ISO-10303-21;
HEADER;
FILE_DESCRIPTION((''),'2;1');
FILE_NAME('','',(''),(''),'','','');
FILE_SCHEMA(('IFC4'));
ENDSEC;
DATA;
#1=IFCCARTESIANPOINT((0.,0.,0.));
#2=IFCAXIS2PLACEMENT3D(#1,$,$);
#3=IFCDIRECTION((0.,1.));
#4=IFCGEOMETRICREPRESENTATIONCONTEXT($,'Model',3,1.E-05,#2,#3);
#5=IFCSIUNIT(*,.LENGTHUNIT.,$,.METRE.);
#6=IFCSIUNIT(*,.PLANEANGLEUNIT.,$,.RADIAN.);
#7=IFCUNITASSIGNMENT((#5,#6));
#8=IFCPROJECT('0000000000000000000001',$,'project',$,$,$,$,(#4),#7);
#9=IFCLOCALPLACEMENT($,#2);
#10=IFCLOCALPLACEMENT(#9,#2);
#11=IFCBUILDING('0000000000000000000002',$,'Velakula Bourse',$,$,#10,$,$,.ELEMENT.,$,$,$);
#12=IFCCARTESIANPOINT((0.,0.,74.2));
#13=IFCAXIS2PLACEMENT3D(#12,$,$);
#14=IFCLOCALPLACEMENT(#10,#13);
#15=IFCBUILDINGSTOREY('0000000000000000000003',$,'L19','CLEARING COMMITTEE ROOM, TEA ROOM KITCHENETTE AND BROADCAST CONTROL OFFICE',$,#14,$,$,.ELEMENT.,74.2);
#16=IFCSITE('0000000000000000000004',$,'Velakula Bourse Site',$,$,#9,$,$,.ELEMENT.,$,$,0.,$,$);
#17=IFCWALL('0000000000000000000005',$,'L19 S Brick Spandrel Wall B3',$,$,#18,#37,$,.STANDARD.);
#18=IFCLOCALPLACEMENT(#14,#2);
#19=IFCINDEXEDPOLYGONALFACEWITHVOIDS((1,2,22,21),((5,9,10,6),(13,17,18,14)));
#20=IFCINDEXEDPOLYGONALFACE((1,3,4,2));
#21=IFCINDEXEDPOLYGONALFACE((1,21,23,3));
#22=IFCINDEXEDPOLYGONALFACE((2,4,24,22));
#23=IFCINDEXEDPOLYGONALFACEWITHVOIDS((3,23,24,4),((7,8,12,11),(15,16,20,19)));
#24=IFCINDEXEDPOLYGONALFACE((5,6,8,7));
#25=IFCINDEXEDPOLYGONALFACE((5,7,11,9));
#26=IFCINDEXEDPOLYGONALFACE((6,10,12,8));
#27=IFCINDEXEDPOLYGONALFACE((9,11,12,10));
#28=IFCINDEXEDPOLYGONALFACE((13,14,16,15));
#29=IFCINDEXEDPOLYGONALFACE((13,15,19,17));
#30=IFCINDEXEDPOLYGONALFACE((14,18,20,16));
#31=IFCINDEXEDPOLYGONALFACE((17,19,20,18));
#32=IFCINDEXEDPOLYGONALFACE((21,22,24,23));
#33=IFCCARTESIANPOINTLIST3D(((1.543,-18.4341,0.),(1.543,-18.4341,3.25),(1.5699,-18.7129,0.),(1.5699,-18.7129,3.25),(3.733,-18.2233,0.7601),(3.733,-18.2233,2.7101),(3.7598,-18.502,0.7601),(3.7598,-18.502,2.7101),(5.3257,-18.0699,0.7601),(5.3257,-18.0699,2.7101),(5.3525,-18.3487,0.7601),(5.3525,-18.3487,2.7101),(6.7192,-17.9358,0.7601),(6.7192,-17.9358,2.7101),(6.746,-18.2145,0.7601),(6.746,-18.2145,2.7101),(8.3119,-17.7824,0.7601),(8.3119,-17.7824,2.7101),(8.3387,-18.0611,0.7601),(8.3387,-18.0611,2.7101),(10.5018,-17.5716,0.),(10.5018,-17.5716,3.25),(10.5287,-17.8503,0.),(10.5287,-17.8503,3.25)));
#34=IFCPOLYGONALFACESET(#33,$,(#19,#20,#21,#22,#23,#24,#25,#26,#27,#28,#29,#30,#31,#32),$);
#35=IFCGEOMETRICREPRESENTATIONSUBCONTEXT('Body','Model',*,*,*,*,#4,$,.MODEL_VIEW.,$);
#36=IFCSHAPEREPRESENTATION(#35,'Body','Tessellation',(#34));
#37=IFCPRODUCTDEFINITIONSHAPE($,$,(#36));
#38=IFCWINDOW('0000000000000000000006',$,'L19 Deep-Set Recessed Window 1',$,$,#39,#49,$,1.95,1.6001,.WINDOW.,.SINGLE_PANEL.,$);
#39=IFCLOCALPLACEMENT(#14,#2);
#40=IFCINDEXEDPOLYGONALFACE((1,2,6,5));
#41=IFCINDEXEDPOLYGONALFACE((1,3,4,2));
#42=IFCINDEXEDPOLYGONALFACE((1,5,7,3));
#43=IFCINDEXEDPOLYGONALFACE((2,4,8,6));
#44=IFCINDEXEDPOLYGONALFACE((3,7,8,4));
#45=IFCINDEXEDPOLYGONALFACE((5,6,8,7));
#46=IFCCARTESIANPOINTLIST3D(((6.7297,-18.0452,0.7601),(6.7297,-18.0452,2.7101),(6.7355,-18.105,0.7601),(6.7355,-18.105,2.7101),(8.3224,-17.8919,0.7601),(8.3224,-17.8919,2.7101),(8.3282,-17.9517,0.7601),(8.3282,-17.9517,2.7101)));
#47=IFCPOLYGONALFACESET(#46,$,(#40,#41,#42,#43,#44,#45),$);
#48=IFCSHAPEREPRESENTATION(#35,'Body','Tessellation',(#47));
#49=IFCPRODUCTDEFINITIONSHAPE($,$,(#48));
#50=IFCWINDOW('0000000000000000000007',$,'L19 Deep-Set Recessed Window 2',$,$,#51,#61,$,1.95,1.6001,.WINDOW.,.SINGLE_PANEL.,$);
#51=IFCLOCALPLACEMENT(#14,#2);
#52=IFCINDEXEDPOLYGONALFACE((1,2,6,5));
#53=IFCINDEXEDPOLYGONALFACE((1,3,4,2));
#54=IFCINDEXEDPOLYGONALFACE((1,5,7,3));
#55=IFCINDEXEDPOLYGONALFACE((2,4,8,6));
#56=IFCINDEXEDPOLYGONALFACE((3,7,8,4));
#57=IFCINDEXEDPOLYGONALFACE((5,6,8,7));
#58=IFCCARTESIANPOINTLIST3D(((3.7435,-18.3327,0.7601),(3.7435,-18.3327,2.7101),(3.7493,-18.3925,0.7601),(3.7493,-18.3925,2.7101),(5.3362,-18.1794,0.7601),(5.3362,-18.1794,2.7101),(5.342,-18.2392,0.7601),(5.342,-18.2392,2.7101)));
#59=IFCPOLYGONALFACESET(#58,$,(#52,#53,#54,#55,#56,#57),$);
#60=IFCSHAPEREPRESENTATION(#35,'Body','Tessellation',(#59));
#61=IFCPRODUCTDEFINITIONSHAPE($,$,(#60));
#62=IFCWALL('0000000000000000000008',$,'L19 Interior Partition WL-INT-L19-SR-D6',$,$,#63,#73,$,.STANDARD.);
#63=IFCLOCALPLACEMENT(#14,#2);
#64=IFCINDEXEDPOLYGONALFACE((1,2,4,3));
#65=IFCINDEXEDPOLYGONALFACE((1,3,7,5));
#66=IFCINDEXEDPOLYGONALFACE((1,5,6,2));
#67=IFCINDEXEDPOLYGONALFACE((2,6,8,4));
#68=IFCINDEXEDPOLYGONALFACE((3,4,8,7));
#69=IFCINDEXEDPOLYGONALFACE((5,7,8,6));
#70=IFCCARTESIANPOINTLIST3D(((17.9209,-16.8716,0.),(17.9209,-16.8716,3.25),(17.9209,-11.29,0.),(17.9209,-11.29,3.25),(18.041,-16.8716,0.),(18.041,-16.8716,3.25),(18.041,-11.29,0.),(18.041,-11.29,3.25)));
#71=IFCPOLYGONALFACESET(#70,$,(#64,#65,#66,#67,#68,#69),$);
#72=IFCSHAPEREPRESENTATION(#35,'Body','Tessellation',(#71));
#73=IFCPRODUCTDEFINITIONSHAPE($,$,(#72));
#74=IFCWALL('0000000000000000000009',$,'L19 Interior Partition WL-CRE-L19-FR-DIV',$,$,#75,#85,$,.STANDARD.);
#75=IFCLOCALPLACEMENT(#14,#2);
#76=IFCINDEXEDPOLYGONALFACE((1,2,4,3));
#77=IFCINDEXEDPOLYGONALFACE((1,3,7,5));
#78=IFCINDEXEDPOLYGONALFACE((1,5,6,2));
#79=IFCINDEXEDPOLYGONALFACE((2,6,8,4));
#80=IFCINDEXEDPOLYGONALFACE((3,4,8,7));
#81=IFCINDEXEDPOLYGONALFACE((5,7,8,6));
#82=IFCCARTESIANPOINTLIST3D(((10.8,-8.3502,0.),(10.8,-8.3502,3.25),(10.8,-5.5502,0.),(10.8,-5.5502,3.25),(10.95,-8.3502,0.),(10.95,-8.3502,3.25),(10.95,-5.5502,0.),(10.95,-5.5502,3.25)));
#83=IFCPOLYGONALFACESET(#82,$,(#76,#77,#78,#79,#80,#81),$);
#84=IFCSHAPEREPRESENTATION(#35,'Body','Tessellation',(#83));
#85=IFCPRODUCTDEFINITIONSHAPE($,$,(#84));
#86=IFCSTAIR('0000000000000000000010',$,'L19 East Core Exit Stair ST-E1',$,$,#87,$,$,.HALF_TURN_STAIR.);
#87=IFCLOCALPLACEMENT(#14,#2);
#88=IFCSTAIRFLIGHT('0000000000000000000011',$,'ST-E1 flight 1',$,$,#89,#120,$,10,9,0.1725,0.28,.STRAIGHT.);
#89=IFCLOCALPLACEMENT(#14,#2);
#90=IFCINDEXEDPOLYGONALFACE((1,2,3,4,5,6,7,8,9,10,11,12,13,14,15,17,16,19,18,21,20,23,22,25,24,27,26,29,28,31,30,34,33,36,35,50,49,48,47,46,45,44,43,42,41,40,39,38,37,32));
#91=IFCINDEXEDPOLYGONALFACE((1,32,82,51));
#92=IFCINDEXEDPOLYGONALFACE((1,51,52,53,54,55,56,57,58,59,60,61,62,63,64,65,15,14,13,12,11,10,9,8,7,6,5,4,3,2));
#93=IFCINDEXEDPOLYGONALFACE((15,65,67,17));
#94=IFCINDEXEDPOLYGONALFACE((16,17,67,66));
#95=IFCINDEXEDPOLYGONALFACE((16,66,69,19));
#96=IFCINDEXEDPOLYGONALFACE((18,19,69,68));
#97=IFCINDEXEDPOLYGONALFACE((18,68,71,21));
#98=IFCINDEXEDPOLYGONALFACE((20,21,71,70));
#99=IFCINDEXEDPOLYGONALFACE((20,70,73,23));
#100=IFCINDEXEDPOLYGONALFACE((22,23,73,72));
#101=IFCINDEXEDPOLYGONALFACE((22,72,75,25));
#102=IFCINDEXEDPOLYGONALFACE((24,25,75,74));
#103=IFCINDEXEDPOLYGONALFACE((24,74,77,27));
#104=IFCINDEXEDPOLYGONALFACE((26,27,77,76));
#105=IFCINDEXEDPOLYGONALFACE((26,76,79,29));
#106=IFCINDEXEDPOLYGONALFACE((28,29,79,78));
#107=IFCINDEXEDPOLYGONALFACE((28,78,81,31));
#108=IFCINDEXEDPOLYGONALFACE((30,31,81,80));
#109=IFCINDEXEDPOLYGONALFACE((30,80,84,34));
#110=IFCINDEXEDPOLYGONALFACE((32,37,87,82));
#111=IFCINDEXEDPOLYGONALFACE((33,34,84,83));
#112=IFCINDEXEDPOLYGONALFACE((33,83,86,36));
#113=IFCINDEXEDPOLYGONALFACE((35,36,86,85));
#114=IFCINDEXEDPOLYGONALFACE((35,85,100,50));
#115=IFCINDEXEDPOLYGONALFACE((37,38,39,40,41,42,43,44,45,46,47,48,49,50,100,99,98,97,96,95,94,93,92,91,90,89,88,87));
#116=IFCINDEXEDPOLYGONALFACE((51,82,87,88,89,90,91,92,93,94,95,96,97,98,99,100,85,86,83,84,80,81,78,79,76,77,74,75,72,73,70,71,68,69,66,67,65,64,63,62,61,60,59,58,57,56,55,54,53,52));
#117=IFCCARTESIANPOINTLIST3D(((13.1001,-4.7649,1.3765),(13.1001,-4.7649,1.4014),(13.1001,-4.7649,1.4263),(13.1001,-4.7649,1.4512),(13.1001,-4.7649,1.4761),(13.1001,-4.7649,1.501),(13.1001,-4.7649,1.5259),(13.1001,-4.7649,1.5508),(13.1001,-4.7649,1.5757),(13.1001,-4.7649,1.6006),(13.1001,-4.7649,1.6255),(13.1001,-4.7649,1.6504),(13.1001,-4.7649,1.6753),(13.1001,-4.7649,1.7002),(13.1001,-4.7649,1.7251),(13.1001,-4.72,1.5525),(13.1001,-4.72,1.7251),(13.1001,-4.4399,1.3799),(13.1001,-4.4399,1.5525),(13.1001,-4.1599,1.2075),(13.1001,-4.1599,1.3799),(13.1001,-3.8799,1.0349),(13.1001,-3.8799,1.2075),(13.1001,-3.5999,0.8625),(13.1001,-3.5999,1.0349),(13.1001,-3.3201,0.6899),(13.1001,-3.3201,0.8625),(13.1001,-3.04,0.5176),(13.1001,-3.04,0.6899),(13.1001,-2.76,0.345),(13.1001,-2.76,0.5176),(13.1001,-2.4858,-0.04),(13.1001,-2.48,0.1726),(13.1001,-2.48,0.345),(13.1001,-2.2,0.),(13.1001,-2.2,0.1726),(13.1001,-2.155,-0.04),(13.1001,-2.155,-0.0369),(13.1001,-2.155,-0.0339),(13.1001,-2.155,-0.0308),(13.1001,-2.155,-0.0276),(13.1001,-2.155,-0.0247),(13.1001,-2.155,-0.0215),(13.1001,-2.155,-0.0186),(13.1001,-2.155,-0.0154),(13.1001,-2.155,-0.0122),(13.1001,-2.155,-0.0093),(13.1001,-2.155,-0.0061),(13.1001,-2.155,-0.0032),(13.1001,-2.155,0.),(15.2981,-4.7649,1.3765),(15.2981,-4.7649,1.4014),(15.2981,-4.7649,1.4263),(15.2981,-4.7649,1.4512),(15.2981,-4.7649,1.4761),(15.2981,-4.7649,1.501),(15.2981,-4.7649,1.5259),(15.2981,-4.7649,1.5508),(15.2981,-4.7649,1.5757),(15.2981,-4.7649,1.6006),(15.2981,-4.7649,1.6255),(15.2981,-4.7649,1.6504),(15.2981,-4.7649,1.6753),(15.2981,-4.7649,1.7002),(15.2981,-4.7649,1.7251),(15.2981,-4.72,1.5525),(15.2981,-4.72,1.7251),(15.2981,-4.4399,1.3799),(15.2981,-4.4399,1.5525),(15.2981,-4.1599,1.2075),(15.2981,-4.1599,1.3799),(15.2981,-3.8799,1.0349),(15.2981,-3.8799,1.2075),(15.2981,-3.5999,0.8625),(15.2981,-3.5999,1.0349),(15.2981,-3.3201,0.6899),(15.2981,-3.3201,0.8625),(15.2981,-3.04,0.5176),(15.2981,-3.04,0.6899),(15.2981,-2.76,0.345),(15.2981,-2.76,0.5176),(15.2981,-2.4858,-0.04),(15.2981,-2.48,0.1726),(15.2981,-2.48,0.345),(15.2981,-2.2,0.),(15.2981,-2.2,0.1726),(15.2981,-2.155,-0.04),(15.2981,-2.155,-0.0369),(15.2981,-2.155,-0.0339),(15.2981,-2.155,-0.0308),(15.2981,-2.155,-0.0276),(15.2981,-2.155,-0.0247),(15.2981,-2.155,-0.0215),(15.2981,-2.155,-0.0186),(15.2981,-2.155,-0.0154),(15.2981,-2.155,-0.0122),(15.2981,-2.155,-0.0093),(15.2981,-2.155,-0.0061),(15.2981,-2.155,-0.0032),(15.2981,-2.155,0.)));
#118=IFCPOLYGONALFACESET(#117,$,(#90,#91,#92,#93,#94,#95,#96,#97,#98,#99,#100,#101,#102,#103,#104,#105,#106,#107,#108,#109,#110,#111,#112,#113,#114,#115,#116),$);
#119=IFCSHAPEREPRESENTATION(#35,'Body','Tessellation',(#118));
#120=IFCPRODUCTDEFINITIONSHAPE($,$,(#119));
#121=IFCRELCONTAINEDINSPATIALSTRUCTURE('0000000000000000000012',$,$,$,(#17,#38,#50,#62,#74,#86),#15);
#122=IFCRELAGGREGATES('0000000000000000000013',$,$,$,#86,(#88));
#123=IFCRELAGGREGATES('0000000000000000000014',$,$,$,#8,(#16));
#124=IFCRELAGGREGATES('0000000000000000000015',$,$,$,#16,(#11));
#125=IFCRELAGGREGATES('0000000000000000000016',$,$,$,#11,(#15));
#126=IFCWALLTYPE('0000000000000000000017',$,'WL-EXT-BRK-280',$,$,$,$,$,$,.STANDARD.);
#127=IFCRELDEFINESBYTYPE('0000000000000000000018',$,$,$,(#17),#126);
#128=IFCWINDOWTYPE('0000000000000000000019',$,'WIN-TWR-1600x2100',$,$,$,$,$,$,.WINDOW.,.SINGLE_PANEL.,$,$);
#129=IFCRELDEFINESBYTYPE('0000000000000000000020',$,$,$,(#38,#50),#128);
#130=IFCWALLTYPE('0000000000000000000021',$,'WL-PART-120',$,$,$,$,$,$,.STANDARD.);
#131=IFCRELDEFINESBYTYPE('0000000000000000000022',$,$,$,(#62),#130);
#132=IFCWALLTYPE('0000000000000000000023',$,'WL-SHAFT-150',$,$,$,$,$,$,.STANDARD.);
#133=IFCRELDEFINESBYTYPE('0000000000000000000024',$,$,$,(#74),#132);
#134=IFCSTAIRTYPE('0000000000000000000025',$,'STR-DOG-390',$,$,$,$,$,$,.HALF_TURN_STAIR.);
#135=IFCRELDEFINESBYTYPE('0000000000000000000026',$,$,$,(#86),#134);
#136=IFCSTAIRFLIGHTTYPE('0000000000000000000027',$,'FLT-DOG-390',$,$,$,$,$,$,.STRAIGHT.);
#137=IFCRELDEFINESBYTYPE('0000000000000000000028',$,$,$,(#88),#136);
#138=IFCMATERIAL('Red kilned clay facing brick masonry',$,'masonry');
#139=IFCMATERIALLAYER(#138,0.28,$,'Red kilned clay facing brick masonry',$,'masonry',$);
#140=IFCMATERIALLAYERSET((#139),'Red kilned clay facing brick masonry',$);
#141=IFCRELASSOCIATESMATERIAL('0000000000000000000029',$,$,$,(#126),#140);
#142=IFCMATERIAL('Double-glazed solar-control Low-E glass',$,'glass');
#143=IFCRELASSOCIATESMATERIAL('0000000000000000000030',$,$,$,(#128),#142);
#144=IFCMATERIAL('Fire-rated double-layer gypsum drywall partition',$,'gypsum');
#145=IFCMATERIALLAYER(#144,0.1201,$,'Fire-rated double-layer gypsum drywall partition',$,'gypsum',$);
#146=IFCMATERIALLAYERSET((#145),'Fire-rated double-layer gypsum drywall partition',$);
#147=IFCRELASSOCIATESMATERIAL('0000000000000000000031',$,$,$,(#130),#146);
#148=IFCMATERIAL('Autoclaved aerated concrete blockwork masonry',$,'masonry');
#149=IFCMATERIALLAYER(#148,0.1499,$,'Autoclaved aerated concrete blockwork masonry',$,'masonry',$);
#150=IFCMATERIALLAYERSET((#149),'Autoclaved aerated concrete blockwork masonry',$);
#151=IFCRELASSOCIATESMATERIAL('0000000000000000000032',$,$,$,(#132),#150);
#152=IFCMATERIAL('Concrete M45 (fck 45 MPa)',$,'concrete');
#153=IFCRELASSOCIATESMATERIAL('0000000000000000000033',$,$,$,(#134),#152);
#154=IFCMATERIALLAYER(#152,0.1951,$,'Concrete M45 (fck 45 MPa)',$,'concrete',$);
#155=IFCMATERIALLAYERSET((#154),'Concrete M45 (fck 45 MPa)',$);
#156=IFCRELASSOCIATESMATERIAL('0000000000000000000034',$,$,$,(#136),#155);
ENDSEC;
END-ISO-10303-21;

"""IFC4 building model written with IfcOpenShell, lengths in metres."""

from ifc_helpers import new_model, si_unit, direction, frame, frame_2d, origin, place, context, subcontext, project, spatial, polyline, rectangle, outline, extrude, material, layer, layer_set, type_object, element, fill, aggregate, save


model = new_model("IFC4")

# Units and contexts
model_context = context("Model", 3, precision=1e-05, world=origin(), true_north=direction((0.0, 1.0)))
body_context = subcontext(model_context, "Body", "Model", "MODEL_VIEW")
ifc_project = project(units=[si_unit("LENGTHUNIT", "METRE"), si_unit("PLANEANGLEUNIT", "RADIAN")], contexts=[model_context])

# Site, building, storey
site_placement = place(None, origin())
site = spatial("IfcSite", under=ifc_project, at=site_placement, Name="Velakula Bourse Site", CompositionType="ELEMENT", RefElevation=0.0)
building_placement = place(site_placement, origin())
building = spatial("IfcBuilding", under=site, at=building_placement, Name="Velakula Bourse", CompositionType="ELEMENT")
storey_placement = place(building_placement, frame((0.0, 0.0, 74.2)))
storey = spatial("IfcBuildingStorey", under=building, at=storey_placement, Name="L19", Description="CLEARING COMMITTEE ROOM, TEA ROOM KITCHENETTE AND BROADCAST CONTROL OFFICE", CompositionType="ELEMENT", Elevation=74.2)

# Wall, openings, windows
ifc_material_1 = material(Name="Red kilned clay facing brick masonry", Category="masonry")
ifc_layer_1 = layer(ifc_material_1, 0.28, Name="Red kilned clay facing brick masonry", Category="masonry")
ifc_layer_set_1 = layer_set([ifc_layer_1], Name="Red kilned clay facing brick masonry")
wall_type_1 = type_object("IfcWallType", Name="WL-EXT-BRK-280", PredefinedType="STANDARD", material=ifc_layer_set_1)
wall_1_placement = place(storey_placement, frame((10.5151, -17.7109, 0.0), z_axis=(0.0, 0.0, 1.0), x_axis=(-0.995397, -0.095837, 0.0)))
wall_1 = element("IfcWall", 1, at=wall_1_placement, inside=storey, type_object=wall_type_1, Name="L19 S Brick Spandrel Wall B3", PredefinedType="STANDARD", context=body_context, shape_type="SweptSolid", body=[
    extrude(rectangle(XDim=9.0002, YDim=0.28, at=frame_2d((4.5, 0.0))), origin(), (0.0, 0.0, 1.0), 3.25),
])
opening_1_placement = place(wall_1_placement, frame((2.2, 0.0, 0.76)))
opening_1 = element("IfcOpeningElement", 2, at=opening_1_placement, cuts=wall_1, PredefinedType="OPENING", context=body_context, shape_type="SweptSolid", body=[
    extrude(rectangle(XDim=1.6001, YDim=1.95, at=frame_2d((0.8, 0.9751))), frame((0.0, 0.1499, 0.0), z_axis=(0.0, -1.0, 0.0), x_axis=(1.0, 0.0, 0.0)), (0.0, 0.0, 1.0), 0.3),
])
opening_2_placement = place(wall_1_placement, frame((5.2, 0.0, 0.76)))
opening_2 = element("IfcOpeningElement", 3, at=opening_2_placement, cuts=wall_1, PredefinedType="OPENING", context=body_context, shape_type="SweptSolid", body=[
    extrude(rectangle(XDim=1.6001, YDim=1.95, at=frame_2d((0.8, 0.9751))), frame((0.0, 0.1499, 0.0), z_axis=(0.0, -1.0, 0.0), x_axis=(1.0, 0.0, 0.0)), (0.0, 0.0, 1.0), 0.3),
])
ifc_material_2 = material(Name="Double-glazed solar-control Low-E glass", Category="glass")
window_type = type_object("IfcWindowType", Name="WIN-TWR-1600x2100", PartitioningType="SINGLE_PANEL", PredefinedType="WINDOW", material=ifc_material_2)
window_1_placement = place(opening_1_placement, origin())
window_1 = element("IfcWindow", 4, at=window_1_placement, inside=storey, type_object=window_type, Name="L19 Deep-Set Recessed Window 1", OverallHeight=1.95, OverallWidth=1.6001, PartitioningType="SINGLE_PANEL", PredefinedType="WINDOW", context=body_context, shape_type="SweptSolid", body=[
    extrude(rectangle(XDim=1.6001, YDim=1.95, at=frame_2d((0.8, 0.9751))), frame((0.0, 0.03, 0.0), z_axis=(0.0, -1.0, 0.0), x_axis=(1.0, 0.0, 0.0)), (0.0, 0.0, 1.0), 0.0601),
])
fill(opening_1, window_1)
window_2_placement = place(opening_2_placement, origin())
window_2 = element("IfcWindow", 5, at=window_2_placement, inside=storey, type_object=window_type, Name="L19 Deep-Set Recessed Window 2", OverallHeight=1.95, OverallWidth=1.6001, PartitioningType="SINGLE_PANEL", PredefinedType="WINDOW", context=body_context, shape_type="SweptSolid", body=[
    extrude(rectangle(XDim=1.6001, YDim=1.95, at=frame_2d((0.8, 0.9751))), frame((0.0, 0.03, 0.0), z_axis=(0.0, -1.0, 0.0), x_axis=(1.0, 0.0, 0.0)), (0.0, 0.0, 1.0), 0.0601),
])
fill(opening_2, window_2)

# Wall
ifc_material_3 = material(Name="Fire-rated double-layer gypsum drywall partition", Category="gypsum")
ifc_layer_2 = layer(ifc_material_3, 0.1201, Name="Fire-rated double-layer gypsum drywall partition", Category="gypsum")
ifc_layer_set_2 = layer_set([ifc_layer_2], Name="Fire-rated double-layer gypsum drywall partition")
wall_type_2 = type_object("IfcWallType", Name="WL-PART-120", PredefinedType="STANDARD", material=ifc_layer_set_2)
wall_2_placement = place(storey_placement, frame((17.981, -16.8716, 0.0), z_axis=(0.0, 0.0, 1.0), x_axis=(0.0, 1.0, 0.0)))
element("IfcWall", 6, at=wall_2_placement, inside=storey, type_object=wall_type_2, Name="L19 Interior Partition WL-INT-L19-SR-D6", PredefinedType="STANDARD", context=body_context, shape_type="SweptSolid", body=[
    extrude(rectangle(XDim=5.5815, YDim=0.1201, at=frame_2d((2.7908, 0.0))), origin(), (0.0, 0.0, 1.0), 3.25),
])

# Shared definitions
ifc_material_4 = material(Name="Autoclaved aerated concrete blockwork masonry", Category="masonry")
ifc_layer_3 = layer(ifc_material_4, 0.1499, Name="Autoclaved aerated concrete blockwork masonry", Category="masonry")
ifc_layer_set_3 = layer_set([ifc_layer_3], Name="Autoclaved aerated concrete blockwork masonry")
wall_type_3 = type_object("IfcWallType", Name="WL-SHAFT-150", PredefinedType="STANDARD", material=ifc_layer_set_3)

# Wall
wall_3_placement = place(storey_placement, frame((10.875, -8.3501, 0.0), z_axis=(0.0, 0.0, 1.0), x_axis=(0.0, 1.0, 0.0)))
element("IfcWall", 7, at=wall_3_placement, inside=storey, type_object=wall_type_3, Name="L19 Interior Partition WL-CRE-L19-FR-DIV", PredefinedType="STANDARD", context=body_context, shape_type="SweptSolid", body=[
    extrude(rectangle(XDim=2.8, YDim=0.1499, at=frame_2d((1.3999, 0.0))), origin(), (0.0, 0.0, 1.0), 3.25),
])

# Stair, stair flight
ifc_material_5 = material(Name="Concrete M45 (fck 45 MPa)", Category="concrete")
stair_type = type_object("IfcStairType", Name="STR-DOG-390", PredefinedType="HALF_TURN_STAIR", material=ifc_material_5)
stair_placement = place(storey_placement, origin())
stair = element("IfcStair", 8, at=stair_placement, inside=storey, type_object=stair_type, Name="L19 East Core Exit Stair ST-E1", PredefinedType="HALF_TURN_STAIR")
ifc_layer_4 = layer(ifc_material_5, 0.1951, Name="Concrete M45 (fck 45 MPa)", Category="concrete")
ifc_layer_set_4 = layer_set([ifc_layer_4], Name="Concrete M45 (fck 45 MPa)")
stair_flight_type = type_object("IfcStairFlightType", Name="FLT-DOG-390", PredefinedType="STRAIGHT", material=ifc_layer_set_4)
stair_flight_1_placement = place(storey_placement, frame((14.199, -2.2, 0.0), z_axis=(0.0, 0.0, 1.0), x_axis=(0.0, -1.0, 0.0)))
stair_flight_1 = element("IfcStairFlight", 9, at=stair_flight_1_placement, type_object=stair_flight_type, Name="ST-E1 flight 1", NumberOfRisers=10, NumberOfTreads=9, PredefinedType="STRAIGHT", RiserHeight=0.1725, TreadLength=0.28, context=body_context, shape_type="SweptSolid", body=[
    extrude(outline(polyline([(-0.0449, -0.04), (-0.0449, -0.0369), (-0.0449, -0.0339), (-0.0449, -0.0308), (-0.0449, -0.0276), (-0.0449, -0.0247), (-0.0449, -0.0215), (-0.0449, -0.0186), (-0.0449, -0.0154), (-0.0449, -0.0122), (-0.0449, -0.0093), (-0.0449, -0.0061), (-0.0449, -0.0032), (-0.0449, 0.0), (0.0, 0.0), (0.0, 0.1726), (0.28, 0.1726), (0.28, 0.345), (0.5601, 0.345), (0.5601, 0.5176), (0.8401, 0.5176), (0.8401, 0.6899), (1.1201, 0.6899), (1.1201, 0.8625), (1.3999, 0.8625), (1.3999, 1.0349), (1.6799, 1.0349), (1.6799, 1.2075), (1.96, 1.2075), (1.96, 1.3799), (2.24, 1.3799), (2.24, 1.5525), (2.52, 1.5525), (2.52, 1.7251), (2.5649, 1.7251), (2.5649, 1.7002), (2.5649, 1.6753), (2.5649, 1.6504), (2.5649, 1.6255), (2.5649, 1.6006), (2.5649, 1.5757), (2.5649, 1.5508), (2.5649, 1.5259), (2.5649, 1.501), (2.5649, 1.4761), (2.5649, 1.4512), (2.5649, 1.4263), (2.5649, 1.4014), (2.5649, 1.3765), (0.2859, -0.04), (-0.0449, -0.04)])), frame((0.0, 1.0991, 0.0), z_axis=(0.0, -1.0, 0.0), x_axis=(1.0, 0.0, 0.0)), (0.0, 0.0, 1.0), 2.198),
])
aggregate(stair, [stair_flight_1])

save(model, "model.ifc")
